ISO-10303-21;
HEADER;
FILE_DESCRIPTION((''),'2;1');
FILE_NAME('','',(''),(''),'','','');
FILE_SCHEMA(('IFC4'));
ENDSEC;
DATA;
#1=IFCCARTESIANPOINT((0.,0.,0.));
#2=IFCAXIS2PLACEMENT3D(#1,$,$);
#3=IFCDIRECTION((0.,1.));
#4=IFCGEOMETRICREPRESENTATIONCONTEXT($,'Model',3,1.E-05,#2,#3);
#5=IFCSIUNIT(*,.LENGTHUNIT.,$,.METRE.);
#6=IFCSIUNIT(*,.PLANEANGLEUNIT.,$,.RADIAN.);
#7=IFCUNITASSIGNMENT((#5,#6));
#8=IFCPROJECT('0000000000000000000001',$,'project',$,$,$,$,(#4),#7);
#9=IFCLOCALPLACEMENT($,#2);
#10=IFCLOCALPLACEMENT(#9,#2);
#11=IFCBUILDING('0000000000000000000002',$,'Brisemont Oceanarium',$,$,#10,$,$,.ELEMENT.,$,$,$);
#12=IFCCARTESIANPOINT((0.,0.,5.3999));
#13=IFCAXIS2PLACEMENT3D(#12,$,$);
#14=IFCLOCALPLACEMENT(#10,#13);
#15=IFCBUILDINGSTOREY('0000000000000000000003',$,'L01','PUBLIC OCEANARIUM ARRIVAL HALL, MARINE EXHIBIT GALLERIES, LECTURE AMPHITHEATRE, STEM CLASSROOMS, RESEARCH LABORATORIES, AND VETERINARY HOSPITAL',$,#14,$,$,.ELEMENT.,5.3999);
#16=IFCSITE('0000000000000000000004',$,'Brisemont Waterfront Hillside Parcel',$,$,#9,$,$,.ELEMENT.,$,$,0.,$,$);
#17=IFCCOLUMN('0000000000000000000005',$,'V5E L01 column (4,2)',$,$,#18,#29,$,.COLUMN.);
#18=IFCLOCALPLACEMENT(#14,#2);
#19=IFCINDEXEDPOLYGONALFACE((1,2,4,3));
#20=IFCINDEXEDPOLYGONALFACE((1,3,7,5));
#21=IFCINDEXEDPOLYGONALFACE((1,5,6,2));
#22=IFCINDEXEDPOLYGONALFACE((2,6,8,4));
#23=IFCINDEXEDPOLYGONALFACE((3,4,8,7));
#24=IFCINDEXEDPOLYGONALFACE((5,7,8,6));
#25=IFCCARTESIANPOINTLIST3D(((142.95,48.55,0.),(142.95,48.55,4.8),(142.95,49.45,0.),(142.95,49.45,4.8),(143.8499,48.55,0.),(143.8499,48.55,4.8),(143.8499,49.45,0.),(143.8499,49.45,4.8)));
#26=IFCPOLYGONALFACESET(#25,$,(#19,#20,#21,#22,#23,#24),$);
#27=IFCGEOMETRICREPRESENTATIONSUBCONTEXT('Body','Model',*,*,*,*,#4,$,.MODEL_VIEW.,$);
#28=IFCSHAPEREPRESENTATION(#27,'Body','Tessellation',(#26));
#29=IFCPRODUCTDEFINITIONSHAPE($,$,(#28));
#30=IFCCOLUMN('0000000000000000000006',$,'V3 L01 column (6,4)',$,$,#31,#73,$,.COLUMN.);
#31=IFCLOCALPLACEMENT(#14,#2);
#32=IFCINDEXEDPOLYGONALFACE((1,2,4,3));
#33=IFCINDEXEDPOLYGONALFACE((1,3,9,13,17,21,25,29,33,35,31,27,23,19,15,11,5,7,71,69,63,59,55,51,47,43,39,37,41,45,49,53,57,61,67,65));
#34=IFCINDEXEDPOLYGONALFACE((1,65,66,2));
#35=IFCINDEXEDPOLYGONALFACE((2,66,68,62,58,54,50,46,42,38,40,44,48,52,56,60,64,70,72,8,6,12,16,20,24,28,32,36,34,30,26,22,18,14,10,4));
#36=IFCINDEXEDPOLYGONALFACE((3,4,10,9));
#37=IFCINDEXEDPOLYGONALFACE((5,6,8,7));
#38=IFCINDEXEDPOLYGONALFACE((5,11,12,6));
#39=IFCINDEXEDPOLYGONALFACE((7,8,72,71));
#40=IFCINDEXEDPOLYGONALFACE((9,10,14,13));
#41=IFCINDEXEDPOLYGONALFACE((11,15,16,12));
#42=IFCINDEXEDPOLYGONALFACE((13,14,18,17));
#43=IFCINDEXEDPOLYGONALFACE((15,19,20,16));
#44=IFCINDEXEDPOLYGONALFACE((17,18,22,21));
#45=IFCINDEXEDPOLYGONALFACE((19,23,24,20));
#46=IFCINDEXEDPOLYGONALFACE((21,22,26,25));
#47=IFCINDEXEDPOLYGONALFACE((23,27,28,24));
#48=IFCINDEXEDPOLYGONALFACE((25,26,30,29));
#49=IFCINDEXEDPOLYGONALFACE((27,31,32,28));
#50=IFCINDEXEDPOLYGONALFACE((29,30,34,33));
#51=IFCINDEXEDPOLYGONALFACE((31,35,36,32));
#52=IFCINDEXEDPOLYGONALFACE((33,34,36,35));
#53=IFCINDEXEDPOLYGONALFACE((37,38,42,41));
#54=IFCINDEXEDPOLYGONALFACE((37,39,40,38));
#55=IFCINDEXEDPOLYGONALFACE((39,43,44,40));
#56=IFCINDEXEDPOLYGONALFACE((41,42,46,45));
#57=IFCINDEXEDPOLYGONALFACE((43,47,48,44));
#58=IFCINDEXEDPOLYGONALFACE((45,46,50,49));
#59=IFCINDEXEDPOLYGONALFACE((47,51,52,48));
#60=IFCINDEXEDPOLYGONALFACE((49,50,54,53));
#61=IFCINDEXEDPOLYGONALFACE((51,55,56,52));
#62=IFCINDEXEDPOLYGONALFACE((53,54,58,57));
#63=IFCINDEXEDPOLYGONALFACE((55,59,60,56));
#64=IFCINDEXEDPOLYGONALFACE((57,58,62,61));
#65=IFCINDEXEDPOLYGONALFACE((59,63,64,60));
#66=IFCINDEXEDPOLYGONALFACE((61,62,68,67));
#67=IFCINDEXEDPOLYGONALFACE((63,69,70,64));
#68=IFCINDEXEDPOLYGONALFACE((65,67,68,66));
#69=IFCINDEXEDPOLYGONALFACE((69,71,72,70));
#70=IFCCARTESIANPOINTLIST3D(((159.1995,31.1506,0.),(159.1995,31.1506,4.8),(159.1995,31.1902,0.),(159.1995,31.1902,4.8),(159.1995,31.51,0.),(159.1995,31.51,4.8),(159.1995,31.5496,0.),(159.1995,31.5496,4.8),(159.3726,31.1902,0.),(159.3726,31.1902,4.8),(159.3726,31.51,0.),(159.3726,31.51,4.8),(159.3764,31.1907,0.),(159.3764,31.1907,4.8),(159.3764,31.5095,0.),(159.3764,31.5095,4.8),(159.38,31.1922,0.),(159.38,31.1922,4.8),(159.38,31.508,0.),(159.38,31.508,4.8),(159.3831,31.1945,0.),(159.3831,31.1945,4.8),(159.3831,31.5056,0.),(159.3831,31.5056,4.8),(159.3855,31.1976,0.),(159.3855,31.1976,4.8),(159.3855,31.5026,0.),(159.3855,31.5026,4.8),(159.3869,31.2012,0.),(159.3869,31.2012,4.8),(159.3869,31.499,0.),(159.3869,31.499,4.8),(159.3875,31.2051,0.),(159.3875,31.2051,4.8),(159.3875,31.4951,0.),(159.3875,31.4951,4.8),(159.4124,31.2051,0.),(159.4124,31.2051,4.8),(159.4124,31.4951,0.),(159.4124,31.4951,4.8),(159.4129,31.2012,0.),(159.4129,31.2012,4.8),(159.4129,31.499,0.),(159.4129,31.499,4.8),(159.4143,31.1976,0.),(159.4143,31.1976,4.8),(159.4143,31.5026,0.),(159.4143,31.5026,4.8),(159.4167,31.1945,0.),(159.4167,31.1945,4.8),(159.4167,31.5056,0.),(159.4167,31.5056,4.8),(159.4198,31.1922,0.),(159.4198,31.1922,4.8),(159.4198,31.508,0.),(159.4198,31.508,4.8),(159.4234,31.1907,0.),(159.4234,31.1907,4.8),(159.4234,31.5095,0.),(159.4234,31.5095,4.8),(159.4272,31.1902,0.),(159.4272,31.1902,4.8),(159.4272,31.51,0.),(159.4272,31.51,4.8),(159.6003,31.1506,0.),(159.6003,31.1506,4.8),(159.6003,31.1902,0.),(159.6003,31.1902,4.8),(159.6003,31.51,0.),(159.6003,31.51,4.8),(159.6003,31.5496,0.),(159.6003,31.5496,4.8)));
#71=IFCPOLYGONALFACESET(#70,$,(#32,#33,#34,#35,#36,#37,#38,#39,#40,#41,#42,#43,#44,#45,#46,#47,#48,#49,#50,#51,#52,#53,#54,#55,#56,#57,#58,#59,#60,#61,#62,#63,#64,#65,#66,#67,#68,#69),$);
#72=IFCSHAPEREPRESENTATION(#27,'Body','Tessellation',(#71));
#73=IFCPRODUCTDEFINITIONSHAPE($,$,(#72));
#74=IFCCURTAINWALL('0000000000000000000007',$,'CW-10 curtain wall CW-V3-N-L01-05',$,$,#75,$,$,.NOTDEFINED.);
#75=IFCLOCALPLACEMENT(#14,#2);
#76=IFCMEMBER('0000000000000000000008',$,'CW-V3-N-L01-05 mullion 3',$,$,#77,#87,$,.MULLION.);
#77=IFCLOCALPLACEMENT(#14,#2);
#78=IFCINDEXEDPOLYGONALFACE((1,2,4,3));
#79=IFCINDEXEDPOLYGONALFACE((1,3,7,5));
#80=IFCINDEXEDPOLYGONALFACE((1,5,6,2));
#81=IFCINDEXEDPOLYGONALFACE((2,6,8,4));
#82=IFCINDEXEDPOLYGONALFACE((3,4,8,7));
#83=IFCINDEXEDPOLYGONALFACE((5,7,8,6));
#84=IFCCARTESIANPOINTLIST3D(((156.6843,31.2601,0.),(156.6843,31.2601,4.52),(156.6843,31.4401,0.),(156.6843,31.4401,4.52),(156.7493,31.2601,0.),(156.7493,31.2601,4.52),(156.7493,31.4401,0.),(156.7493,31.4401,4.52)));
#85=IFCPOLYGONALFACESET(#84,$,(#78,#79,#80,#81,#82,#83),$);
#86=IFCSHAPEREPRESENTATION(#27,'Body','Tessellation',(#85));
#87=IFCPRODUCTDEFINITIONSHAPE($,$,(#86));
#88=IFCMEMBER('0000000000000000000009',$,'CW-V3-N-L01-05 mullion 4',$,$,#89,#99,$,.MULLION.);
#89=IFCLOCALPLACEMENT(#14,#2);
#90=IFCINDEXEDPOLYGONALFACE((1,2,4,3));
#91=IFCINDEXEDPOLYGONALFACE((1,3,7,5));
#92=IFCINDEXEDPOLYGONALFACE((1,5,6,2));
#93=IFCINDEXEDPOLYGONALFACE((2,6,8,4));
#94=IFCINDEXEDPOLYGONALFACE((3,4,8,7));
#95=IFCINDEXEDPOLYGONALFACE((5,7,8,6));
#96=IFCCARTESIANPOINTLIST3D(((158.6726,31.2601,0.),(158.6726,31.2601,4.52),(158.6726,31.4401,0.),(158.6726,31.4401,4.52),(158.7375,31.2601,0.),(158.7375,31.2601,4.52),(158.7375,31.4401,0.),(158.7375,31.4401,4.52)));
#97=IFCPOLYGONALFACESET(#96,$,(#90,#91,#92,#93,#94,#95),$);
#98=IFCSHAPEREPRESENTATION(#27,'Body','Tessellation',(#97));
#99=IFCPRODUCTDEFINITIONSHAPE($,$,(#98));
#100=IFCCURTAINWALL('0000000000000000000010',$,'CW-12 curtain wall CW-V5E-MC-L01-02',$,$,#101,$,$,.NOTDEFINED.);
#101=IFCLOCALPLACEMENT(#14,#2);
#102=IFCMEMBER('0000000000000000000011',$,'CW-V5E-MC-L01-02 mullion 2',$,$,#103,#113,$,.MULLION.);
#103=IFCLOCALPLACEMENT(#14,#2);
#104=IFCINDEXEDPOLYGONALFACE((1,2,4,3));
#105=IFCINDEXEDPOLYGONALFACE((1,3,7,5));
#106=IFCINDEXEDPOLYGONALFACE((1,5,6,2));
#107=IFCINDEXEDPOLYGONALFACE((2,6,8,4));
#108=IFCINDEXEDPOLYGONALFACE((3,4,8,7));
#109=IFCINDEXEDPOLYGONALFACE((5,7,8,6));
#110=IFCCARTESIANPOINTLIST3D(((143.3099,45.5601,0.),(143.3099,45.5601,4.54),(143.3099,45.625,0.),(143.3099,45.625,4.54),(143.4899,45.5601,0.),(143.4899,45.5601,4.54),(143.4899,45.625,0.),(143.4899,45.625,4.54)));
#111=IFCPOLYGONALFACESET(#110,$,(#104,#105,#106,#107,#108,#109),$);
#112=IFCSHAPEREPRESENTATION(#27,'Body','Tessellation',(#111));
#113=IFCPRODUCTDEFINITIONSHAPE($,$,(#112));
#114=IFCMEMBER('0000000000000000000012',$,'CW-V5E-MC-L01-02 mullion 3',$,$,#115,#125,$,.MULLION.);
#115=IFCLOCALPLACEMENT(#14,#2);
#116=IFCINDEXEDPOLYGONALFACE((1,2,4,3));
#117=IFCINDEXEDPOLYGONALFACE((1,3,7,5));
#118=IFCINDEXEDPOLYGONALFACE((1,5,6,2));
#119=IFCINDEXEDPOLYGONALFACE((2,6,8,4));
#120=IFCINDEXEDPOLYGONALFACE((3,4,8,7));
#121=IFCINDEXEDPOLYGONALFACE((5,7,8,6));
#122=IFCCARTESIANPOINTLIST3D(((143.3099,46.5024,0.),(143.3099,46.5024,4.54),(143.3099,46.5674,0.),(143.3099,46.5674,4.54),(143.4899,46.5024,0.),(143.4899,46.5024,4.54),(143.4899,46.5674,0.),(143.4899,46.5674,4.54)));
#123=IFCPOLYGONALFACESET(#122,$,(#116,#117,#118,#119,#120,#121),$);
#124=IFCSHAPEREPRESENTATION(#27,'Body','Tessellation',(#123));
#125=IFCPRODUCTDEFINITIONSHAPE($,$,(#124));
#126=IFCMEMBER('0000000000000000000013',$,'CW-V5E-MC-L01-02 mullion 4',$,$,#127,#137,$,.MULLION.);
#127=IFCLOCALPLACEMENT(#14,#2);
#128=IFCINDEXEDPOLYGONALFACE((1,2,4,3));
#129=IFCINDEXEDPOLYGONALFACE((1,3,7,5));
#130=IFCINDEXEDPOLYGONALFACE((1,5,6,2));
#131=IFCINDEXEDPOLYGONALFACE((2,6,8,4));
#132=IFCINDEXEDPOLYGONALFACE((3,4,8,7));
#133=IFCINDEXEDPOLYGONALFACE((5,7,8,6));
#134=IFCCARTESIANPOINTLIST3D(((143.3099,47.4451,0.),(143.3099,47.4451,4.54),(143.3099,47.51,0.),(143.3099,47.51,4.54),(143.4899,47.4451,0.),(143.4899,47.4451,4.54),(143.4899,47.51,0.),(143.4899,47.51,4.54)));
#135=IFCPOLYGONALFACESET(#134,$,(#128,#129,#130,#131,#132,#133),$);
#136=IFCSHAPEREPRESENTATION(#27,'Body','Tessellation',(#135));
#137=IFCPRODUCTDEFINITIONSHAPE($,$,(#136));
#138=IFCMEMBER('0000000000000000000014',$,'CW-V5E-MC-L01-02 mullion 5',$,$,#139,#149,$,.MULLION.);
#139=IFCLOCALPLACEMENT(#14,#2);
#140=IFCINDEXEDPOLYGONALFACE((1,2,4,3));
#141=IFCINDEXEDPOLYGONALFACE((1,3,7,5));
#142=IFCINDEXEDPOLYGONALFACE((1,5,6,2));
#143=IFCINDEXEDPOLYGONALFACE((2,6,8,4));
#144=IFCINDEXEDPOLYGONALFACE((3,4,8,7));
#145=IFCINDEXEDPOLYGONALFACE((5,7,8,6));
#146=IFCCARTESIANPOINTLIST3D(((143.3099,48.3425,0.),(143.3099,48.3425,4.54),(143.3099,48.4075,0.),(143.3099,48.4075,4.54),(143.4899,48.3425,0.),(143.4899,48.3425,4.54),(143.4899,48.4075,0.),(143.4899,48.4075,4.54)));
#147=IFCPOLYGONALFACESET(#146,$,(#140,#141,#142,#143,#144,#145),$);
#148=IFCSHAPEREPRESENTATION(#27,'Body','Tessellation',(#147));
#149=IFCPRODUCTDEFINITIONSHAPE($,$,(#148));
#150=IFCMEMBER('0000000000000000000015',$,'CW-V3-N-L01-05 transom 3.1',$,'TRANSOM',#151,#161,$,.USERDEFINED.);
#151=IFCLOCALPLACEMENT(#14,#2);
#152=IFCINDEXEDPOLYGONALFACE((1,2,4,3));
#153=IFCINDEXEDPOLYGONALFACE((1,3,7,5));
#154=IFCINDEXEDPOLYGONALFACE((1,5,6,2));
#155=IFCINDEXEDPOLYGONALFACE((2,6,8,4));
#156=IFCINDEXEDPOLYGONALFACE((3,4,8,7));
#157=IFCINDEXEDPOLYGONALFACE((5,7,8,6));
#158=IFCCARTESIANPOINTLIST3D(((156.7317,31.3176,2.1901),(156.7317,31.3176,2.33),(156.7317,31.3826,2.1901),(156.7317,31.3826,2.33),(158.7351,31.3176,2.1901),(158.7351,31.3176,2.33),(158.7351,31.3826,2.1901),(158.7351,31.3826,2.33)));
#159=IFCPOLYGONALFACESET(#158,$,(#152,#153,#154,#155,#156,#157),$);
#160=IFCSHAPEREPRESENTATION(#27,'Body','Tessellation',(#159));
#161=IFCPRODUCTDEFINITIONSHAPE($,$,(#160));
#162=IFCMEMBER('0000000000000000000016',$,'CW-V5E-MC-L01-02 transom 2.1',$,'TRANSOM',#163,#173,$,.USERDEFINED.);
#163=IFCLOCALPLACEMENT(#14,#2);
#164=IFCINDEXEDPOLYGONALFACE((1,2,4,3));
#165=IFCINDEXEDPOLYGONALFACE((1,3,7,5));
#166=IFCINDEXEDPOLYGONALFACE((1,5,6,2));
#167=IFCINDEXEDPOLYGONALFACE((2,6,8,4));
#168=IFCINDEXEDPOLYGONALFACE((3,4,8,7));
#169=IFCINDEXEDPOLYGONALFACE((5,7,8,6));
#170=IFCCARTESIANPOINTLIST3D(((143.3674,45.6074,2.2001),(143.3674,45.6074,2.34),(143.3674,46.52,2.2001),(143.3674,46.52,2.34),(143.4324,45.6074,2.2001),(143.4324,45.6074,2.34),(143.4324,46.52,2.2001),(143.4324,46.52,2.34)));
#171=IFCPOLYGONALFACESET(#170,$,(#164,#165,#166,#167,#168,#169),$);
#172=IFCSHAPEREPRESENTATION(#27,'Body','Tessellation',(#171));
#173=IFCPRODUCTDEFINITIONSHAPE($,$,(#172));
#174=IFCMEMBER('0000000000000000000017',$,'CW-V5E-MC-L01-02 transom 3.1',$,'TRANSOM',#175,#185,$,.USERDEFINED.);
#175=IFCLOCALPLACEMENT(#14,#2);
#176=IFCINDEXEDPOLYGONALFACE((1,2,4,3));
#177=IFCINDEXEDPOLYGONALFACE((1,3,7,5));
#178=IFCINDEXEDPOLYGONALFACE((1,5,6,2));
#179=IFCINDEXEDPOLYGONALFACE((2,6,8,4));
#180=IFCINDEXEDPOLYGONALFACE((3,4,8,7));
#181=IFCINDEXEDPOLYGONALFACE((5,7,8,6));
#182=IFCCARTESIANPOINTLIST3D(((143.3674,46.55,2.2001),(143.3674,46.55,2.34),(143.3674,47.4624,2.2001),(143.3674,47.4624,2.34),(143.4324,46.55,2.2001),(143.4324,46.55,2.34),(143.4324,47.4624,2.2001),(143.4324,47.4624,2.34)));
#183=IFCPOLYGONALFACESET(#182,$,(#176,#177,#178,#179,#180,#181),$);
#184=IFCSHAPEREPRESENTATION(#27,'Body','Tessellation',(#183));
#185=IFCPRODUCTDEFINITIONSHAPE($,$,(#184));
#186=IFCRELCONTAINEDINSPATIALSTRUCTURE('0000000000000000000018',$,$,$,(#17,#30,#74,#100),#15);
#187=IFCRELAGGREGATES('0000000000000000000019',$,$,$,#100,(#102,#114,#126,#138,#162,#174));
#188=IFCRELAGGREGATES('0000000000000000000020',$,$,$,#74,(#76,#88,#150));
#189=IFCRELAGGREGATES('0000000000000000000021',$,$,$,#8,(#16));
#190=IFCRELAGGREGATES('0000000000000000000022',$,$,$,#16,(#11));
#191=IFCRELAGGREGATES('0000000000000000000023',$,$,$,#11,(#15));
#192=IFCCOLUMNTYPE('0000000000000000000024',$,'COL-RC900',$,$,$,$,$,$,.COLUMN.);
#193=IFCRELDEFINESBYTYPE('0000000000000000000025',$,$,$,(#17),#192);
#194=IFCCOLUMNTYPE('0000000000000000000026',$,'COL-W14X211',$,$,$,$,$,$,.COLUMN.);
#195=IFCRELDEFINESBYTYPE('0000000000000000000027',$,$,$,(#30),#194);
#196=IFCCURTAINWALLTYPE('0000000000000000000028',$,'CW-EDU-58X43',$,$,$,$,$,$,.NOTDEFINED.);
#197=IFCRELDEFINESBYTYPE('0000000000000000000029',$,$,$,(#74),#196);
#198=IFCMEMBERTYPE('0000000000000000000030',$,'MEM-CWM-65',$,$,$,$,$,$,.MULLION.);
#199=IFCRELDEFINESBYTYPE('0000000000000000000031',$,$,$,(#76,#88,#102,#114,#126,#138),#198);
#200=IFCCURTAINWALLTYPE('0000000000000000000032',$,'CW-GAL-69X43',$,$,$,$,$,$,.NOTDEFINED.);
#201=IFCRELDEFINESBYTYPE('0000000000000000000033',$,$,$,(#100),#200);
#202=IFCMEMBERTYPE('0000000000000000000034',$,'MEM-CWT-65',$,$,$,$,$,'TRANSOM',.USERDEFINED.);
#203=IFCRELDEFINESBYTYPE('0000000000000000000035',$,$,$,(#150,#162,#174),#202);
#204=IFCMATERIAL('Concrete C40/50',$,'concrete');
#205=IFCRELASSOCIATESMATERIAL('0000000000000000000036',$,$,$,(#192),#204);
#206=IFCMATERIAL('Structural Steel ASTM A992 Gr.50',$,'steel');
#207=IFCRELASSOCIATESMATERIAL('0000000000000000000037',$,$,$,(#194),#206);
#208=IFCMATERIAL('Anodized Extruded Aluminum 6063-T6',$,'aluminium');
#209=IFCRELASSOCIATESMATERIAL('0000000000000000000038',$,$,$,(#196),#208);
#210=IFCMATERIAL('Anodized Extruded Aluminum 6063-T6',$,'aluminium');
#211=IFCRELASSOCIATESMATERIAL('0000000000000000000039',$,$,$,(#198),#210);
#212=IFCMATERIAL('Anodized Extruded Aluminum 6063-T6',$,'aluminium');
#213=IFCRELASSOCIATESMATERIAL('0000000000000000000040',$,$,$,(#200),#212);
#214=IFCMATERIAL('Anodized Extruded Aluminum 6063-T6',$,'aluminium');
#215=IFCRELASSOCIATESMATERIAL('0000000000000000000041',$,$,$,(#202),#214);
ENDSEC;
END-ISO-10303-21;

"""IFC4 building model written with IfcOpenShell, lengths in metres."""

from ifc_helpers import new_model, si_unit, direction, frame, origin, origin_2d, place, context, subcontext, project, spatial, rectangle, i_section, extrude, material, material_profile, profile_set, type_object, element, aggregate, save


model = new_model("IFC4")

# Units and contexts
model_context = context("Model", 3, precision=1e-05, world=origin(), true_north=direction((0.0, 1.0)))
body_context = subcontext(model_context, "Body", "Model", "MODEL_VIEW")
ifc_project = project(units=[si_unit("LENGTHUNIT", "METRE"), si_unit("PLANEANGLEUNIT", "RADIAN")], contexts=[model_context])

# Site, building, storey
site_placement = place(None, origin())
site = spatial("IfcSite", under=ifc_project, at=site_placement, Name="Brisemont Waterfront Hillside Parcel", CompositionType="ELEMENT", RefElevation=0.0)
building_placement = place(site_placement, origin())
building = spatial("IfcBuilding", under=site, at=building_placement, Name="Brisemont Oceanarium", CompositionType="ELEMENT")
storey_placement = place(building_placement, frame((0.0, 0.0, 5.3999)))
storey = spatial("IfcBuildingStorey", under=building, at=storey_placement, Name="L01", Description="PUBLIC OCEANARIUM ARRIVAL HALL, MARINE EXHIBIT GALLERIES, LECTURE AMPHITHEATRE, STEM CLASSROOMS, RESEARCH LABORATORIES, AND VETERINARY HOSPITAL", CompositionType="ELEMENT", Elevation=5.3999)

# Columns
ifc_material_1 = material(Name="Concrete C40/50", Category="concrete")
ifc_material_profile_1 = material_profile(ifc_material_1, rectangle(XDim=0.8999, YDim=0.8999, at=origin_2d()), Name="RC-COL-900X900")
ifc_profile_set_1 = profile_set([ifc_material_profile_1], Name="Concrete C40/50")
column_type_1 = type_object("IfcColumnType", Name="COL-RC900", PredefinedType="COLUMN", material=ifc_profile_set_1)
column_1_placement = place(storey_placement, frame((143.3999, 49.0, 0.0), z_axis=(0.0, 0.0, 1.0), x_axis=(1.0, 0.0, 0.0)))
element("IfcColumn", 1, at=column_1_placement, inside=storey, type_object=column_type_1, Name="V5E L01 column (4,2)", PredefinedType="COLUMN", context=body_context, shape_type="SweptSolid", body=[
    extrude(rectangle(XDim=0.8999, YDim=0.8999, at=origin_2d()), origin(), (0.0, 0.0, 1.0), 4.8),
])
ifc_material_2 = material(Name="Structural Steel ASTM A992 Gr.50", Category="steel")
ifc_material_profile_2 = material_profile(ifc_material_2, i_section(OverallWidth=0.4009, OverallDepth=0.3989, WebThickness=0.0249, FlangeThickness=0.0396, FilletRadius=0.0149, at=origin_2d()), Name="W14X211")
ifc_profile_set_2 = profile_set([ifc_material_profile_2], Name="Structural Steel ASTM A992 Gr.50")
column_type_2 = type_object("IfcColumnType", Name="COL-W14X211", PredefinedType="COLUMN", material=ifc_profile_set_2)
column_2_placement = place(storey_placement, frame((159.3999, 31.3501, 0.0), z_axis=(0.0, 0.0, 1.0), x_axis=(1.0, 0.0, 0.0)))
element("IfcColumn", 2, at=column_2_placement, inside=storey, type_object=column_type_2, Name="V3 L01 column (6,4)", PredefinedType="COLUMN", context=body_context, shape_type="SweptSolid", body=[
    extrude(i_section(OverallWidth=0.4009, OverallDepth=0.3989, WebThickness=0.0249, FlangeThickness=0.0396, FilletRadius=0.0149, at=origin_2d()), origin(), (0.0, 0.0, 1.0), 4.8),
])

# Curtain walls, members
ifc_material_3 = material(Name="Anodized Extruded Aluminum 6063-T6", Category="aluminium")
curtain_wall_type_1 = type_object("IfcCurtainWallType", Name="CW-EDU-58X43", PredefinedType="NOTDEFINED", material=ifc_material_3)
curtain_wall_1_placement = place(storey_placement, origin())
curtain_wall_1 = element("IfcCurtainWall", 3, at=curtain_wall_1_placement, inside=storey, type_object=curtain_wall_type_1, Name="CW-10 curtain wall CW-V3-N-L01-05", PredefinedType="NOTDEFINED")
ifc_material_4 = material(Name="Anodized Extruded Aluminum 6063-T6", Category="aluminium")
ifc_material_profile_3 = material_profile(ifc_material_4, rectangle(XDim=0.0649, YDim=0.1799, at=origin_2d()), Name="CWM-65X180")
ifc_profile_set_3 = profile_set([ifc_material_profile_3], Name="Anodized Extruded Aluminum 6063-T6")
member_type_1 = type_object("IfcMemberType", Name="MEM-CWM-65", PredefinedType="MULLION", material=ifc_profile_set_3)
member_1_placement = place(storey_placement, frame((156.7168, 31.3501, 0.0), z_axis=(0.0, 0.0, 1.0), x_axis=(1.0, 0.0, 0.0)))
member_1 = element("IfcMember", 4, at=member_1_placement, type_object=member_type_1, Name="CW-V3-N-L01-05 mullion 3", PredefinedType="MULLION", context=body_context, shape_type="SweptSolid", body=[
    extrude(rectangle(XDim=0.0649, YDim=0.1799, at=origin_2d()), origin(), (0.0, 0.0, 1.0), 4.52),
])
member_2_placement = place(storey_placement, frame((158.7051, 31.3501, 0.0), z_axis=(0.0, 0.0, 1.0), x_axis=(1.0, 0.0, 0.0)))
member_2 = element("IfcMember", 5, at=member_2_placement, type_object=member_type_1, Name="CW-V3-N-L01-05 mullion 4", PredefinedType="MULLION", context=body_context, shape_type="SweptSolid", body=[
    extrude(rectangle(XDim=0.0649, YDim=0.1799, at=origin_2d()), origin(), (0.0, 0.0, 1.0), 4.52),
])
ifc_material_5 = material(Name="Anodized Extruded Aluminum 6063-T6", Category="aluminium")
curtain_wall_type_2 = type_object("IfcCurtainWallType", Name="CW-GAL-69X43", PredefinedType="NOTDEFINED", material=ifc_material_5)
curtain_wall_2_placement = place(storey_placement, origin())
curtain_wall_2 = element("IfcCurtainWall", 6, at=curtain_wall_2_placement, inside=storey, type_object=curtain_wall_type_2, Name="CW-12 curtain wall CW-V5E-MC-L01-02", PredefinedType="NOTDEFINED")
member_3_placement = place(storey_placement, frame((143.3999, 45.5925, 0.0), z_axis=(0.0, 0.0, 1.0), x_axis=(0.0, 1.0, 0.0)))
member_3 = element("IfcMember", 7, at=member_3_placement, type_object=member_type_1, Name="CW-V5E-MC-L01-02 mullion 2", PredefinedType="MULLION", context=body_context, shape_type="SweptSolid", body=[
    extrude(rectangle(XDim=0.0649, YDim=0.1799, at=origin_2d()), origin(), (0.0, 0.0, 1.0), 4.54),
])
member_4_placement = place(storey_placement, frame((143.3999, 46.5349, 0.0), z_axis=(0.0, 0.0, 1.0), x_axis=(0.0, 1.0, 0.0)))
member_4 = element("IfcMember", 8, at=member_4_placement, type_object=member_type_1, Name="CW-V5E-MC-L01-02 mullion 3", PredefinedType="MULLION", context=body_context, shape_type="SweptSolid", body=[
    extrude(rectangle(XDim=0.0649, YDim=0.1799, at=origin_2d()), origin(), (0.0, 0.0, 1.0), 4.54),
])
member_5_placement = place(storey_placement, frame((143.3999, 47.4775, 0.0), z_axis=(0.0, 0.0, 1.0), x_axis=(0.0, 1.0, 0.0)))
member_5 = element("IfcMember", 9, at=member_5_placement, type_object=member_type_1, Name="CW-V5E-MC-L01-02 mullion 4", PredefinedType="MULLION", context=body_context, shape_type="SweptSolid", body=[
    extrude(rectangle(XDim=0.0649, YDim=0.1799, at=origin_2d()), origin(), (0.0, 0.0, 1.0), 4.54),
])
member_6_placement = place(storey_placement, frame((143.3999, 48.375, 0.0), z_axis=(0.0, 0.0, 1.0), x_axis=(0.0, 1.0, 0.0)))
member_6 = element("IfcMember", 10, at=member_6_placement, type_object=member_type_1, Name="CW-V5E-MC-L01-02 mullion 5", PredefinedType="MULLION", context=body_context, shape_type="SweptSolid", body=[
    extrude(rectangle(XDim=0.0649, YDim=0.1799, at=origin_2d()), origin(), (0.0, 0.0, 1.0), 4.54),
])

# Members
ifc_material_6 = material(Name="Anodized Extruded Aluminum 6063-T6", Category="aluminium")
ifc_material_profile_4 = material_profile(ifc_material_6, rectangle(XDim=0.0649, YDim=0.1399, at=origin_2d()), Name="CWT-65X140")
ifc_profile_set_4 = profile_set([ifc_material_profile_4], Name="Anodized Extruded Aluminum 6063-T6")
member_type_2 = type_object("IfcMemberType", Name="MEM-CWT-65", ElementType="TRANSOM", PredefinedType="USERDEFINED", material=ifc_profile_set_4)
member_7_placement = place(storey_placement, frame((156.7317, 31.3501, 2.26), z_axis=(1.0, 0.0, 0.0), x_axis=(0.0, 1.0, 0.0)))
member_7 = element("IfcMember", 11, at=member_7_placement, type_object=member_type_2, Name="CW-V3-N-L01-05 transom 3.1", ObjectType="TRANSOM", PredefinedType="USERDEFINED", context=body_context, shape_type="SweptSolid", body=[
    extrude(rectangle(XDim=0.0649, YDim=0.1399, at=origin_2d()), origin(), (0.0, 0.0, 1.0), 2.0034),
])
member_8_placement = place(storey_placement, frame((143.3999, 45.6074, 2.27), z_axis=(0.0, 1.0, 0.0), x_axis=(-1.0, 0.0, 0.0)))
member_8 = element("IfcMember", 12, at=member_8_placement, type_object=member_type_2, Name="CW-V5E-MC-L01-02 transom 2.1", ObjectType="TRANSOM", PredefinedType="USERDEFINED", context=body_context, shape_type="SweptSolid", body=[
    extrude(rectangle(XDim=0.0649, YDim=0.1399, at=origin_2d()), origin(), (0.0, 0.0, 1.0), 0.9126),
])
member_9_placement = place(storey_placement, frame((143.3999, 46.55, 2.27), z_axis=(0.0, 1.0, 0.0), x_axis=(-1.0, 0.0, 0.0)))
member_9 = element("IfcMember", 13, at=member_9_placement, type_object=member_type_2, Name="CW-V5E-MC-L01-02 transom 3.1", ObjectType="TRANSOM", PredefinedType="USERDEFINED", context=body_context, shape_type="SweptSolid", body=[
    extrude(rectangle(XDim=0.0649, YDim=0.1399, at=origin_2d()), origin(), (0.0, 0.0, 1.0), 0.9124),
])

aggregate(curtain_wall_2, [member_3, member_4, member_5, member_6, member_8, member_9])
aggregate(curtain_wall_1, [member_1, member_2, member_7])

save(model, "model.ifc")
